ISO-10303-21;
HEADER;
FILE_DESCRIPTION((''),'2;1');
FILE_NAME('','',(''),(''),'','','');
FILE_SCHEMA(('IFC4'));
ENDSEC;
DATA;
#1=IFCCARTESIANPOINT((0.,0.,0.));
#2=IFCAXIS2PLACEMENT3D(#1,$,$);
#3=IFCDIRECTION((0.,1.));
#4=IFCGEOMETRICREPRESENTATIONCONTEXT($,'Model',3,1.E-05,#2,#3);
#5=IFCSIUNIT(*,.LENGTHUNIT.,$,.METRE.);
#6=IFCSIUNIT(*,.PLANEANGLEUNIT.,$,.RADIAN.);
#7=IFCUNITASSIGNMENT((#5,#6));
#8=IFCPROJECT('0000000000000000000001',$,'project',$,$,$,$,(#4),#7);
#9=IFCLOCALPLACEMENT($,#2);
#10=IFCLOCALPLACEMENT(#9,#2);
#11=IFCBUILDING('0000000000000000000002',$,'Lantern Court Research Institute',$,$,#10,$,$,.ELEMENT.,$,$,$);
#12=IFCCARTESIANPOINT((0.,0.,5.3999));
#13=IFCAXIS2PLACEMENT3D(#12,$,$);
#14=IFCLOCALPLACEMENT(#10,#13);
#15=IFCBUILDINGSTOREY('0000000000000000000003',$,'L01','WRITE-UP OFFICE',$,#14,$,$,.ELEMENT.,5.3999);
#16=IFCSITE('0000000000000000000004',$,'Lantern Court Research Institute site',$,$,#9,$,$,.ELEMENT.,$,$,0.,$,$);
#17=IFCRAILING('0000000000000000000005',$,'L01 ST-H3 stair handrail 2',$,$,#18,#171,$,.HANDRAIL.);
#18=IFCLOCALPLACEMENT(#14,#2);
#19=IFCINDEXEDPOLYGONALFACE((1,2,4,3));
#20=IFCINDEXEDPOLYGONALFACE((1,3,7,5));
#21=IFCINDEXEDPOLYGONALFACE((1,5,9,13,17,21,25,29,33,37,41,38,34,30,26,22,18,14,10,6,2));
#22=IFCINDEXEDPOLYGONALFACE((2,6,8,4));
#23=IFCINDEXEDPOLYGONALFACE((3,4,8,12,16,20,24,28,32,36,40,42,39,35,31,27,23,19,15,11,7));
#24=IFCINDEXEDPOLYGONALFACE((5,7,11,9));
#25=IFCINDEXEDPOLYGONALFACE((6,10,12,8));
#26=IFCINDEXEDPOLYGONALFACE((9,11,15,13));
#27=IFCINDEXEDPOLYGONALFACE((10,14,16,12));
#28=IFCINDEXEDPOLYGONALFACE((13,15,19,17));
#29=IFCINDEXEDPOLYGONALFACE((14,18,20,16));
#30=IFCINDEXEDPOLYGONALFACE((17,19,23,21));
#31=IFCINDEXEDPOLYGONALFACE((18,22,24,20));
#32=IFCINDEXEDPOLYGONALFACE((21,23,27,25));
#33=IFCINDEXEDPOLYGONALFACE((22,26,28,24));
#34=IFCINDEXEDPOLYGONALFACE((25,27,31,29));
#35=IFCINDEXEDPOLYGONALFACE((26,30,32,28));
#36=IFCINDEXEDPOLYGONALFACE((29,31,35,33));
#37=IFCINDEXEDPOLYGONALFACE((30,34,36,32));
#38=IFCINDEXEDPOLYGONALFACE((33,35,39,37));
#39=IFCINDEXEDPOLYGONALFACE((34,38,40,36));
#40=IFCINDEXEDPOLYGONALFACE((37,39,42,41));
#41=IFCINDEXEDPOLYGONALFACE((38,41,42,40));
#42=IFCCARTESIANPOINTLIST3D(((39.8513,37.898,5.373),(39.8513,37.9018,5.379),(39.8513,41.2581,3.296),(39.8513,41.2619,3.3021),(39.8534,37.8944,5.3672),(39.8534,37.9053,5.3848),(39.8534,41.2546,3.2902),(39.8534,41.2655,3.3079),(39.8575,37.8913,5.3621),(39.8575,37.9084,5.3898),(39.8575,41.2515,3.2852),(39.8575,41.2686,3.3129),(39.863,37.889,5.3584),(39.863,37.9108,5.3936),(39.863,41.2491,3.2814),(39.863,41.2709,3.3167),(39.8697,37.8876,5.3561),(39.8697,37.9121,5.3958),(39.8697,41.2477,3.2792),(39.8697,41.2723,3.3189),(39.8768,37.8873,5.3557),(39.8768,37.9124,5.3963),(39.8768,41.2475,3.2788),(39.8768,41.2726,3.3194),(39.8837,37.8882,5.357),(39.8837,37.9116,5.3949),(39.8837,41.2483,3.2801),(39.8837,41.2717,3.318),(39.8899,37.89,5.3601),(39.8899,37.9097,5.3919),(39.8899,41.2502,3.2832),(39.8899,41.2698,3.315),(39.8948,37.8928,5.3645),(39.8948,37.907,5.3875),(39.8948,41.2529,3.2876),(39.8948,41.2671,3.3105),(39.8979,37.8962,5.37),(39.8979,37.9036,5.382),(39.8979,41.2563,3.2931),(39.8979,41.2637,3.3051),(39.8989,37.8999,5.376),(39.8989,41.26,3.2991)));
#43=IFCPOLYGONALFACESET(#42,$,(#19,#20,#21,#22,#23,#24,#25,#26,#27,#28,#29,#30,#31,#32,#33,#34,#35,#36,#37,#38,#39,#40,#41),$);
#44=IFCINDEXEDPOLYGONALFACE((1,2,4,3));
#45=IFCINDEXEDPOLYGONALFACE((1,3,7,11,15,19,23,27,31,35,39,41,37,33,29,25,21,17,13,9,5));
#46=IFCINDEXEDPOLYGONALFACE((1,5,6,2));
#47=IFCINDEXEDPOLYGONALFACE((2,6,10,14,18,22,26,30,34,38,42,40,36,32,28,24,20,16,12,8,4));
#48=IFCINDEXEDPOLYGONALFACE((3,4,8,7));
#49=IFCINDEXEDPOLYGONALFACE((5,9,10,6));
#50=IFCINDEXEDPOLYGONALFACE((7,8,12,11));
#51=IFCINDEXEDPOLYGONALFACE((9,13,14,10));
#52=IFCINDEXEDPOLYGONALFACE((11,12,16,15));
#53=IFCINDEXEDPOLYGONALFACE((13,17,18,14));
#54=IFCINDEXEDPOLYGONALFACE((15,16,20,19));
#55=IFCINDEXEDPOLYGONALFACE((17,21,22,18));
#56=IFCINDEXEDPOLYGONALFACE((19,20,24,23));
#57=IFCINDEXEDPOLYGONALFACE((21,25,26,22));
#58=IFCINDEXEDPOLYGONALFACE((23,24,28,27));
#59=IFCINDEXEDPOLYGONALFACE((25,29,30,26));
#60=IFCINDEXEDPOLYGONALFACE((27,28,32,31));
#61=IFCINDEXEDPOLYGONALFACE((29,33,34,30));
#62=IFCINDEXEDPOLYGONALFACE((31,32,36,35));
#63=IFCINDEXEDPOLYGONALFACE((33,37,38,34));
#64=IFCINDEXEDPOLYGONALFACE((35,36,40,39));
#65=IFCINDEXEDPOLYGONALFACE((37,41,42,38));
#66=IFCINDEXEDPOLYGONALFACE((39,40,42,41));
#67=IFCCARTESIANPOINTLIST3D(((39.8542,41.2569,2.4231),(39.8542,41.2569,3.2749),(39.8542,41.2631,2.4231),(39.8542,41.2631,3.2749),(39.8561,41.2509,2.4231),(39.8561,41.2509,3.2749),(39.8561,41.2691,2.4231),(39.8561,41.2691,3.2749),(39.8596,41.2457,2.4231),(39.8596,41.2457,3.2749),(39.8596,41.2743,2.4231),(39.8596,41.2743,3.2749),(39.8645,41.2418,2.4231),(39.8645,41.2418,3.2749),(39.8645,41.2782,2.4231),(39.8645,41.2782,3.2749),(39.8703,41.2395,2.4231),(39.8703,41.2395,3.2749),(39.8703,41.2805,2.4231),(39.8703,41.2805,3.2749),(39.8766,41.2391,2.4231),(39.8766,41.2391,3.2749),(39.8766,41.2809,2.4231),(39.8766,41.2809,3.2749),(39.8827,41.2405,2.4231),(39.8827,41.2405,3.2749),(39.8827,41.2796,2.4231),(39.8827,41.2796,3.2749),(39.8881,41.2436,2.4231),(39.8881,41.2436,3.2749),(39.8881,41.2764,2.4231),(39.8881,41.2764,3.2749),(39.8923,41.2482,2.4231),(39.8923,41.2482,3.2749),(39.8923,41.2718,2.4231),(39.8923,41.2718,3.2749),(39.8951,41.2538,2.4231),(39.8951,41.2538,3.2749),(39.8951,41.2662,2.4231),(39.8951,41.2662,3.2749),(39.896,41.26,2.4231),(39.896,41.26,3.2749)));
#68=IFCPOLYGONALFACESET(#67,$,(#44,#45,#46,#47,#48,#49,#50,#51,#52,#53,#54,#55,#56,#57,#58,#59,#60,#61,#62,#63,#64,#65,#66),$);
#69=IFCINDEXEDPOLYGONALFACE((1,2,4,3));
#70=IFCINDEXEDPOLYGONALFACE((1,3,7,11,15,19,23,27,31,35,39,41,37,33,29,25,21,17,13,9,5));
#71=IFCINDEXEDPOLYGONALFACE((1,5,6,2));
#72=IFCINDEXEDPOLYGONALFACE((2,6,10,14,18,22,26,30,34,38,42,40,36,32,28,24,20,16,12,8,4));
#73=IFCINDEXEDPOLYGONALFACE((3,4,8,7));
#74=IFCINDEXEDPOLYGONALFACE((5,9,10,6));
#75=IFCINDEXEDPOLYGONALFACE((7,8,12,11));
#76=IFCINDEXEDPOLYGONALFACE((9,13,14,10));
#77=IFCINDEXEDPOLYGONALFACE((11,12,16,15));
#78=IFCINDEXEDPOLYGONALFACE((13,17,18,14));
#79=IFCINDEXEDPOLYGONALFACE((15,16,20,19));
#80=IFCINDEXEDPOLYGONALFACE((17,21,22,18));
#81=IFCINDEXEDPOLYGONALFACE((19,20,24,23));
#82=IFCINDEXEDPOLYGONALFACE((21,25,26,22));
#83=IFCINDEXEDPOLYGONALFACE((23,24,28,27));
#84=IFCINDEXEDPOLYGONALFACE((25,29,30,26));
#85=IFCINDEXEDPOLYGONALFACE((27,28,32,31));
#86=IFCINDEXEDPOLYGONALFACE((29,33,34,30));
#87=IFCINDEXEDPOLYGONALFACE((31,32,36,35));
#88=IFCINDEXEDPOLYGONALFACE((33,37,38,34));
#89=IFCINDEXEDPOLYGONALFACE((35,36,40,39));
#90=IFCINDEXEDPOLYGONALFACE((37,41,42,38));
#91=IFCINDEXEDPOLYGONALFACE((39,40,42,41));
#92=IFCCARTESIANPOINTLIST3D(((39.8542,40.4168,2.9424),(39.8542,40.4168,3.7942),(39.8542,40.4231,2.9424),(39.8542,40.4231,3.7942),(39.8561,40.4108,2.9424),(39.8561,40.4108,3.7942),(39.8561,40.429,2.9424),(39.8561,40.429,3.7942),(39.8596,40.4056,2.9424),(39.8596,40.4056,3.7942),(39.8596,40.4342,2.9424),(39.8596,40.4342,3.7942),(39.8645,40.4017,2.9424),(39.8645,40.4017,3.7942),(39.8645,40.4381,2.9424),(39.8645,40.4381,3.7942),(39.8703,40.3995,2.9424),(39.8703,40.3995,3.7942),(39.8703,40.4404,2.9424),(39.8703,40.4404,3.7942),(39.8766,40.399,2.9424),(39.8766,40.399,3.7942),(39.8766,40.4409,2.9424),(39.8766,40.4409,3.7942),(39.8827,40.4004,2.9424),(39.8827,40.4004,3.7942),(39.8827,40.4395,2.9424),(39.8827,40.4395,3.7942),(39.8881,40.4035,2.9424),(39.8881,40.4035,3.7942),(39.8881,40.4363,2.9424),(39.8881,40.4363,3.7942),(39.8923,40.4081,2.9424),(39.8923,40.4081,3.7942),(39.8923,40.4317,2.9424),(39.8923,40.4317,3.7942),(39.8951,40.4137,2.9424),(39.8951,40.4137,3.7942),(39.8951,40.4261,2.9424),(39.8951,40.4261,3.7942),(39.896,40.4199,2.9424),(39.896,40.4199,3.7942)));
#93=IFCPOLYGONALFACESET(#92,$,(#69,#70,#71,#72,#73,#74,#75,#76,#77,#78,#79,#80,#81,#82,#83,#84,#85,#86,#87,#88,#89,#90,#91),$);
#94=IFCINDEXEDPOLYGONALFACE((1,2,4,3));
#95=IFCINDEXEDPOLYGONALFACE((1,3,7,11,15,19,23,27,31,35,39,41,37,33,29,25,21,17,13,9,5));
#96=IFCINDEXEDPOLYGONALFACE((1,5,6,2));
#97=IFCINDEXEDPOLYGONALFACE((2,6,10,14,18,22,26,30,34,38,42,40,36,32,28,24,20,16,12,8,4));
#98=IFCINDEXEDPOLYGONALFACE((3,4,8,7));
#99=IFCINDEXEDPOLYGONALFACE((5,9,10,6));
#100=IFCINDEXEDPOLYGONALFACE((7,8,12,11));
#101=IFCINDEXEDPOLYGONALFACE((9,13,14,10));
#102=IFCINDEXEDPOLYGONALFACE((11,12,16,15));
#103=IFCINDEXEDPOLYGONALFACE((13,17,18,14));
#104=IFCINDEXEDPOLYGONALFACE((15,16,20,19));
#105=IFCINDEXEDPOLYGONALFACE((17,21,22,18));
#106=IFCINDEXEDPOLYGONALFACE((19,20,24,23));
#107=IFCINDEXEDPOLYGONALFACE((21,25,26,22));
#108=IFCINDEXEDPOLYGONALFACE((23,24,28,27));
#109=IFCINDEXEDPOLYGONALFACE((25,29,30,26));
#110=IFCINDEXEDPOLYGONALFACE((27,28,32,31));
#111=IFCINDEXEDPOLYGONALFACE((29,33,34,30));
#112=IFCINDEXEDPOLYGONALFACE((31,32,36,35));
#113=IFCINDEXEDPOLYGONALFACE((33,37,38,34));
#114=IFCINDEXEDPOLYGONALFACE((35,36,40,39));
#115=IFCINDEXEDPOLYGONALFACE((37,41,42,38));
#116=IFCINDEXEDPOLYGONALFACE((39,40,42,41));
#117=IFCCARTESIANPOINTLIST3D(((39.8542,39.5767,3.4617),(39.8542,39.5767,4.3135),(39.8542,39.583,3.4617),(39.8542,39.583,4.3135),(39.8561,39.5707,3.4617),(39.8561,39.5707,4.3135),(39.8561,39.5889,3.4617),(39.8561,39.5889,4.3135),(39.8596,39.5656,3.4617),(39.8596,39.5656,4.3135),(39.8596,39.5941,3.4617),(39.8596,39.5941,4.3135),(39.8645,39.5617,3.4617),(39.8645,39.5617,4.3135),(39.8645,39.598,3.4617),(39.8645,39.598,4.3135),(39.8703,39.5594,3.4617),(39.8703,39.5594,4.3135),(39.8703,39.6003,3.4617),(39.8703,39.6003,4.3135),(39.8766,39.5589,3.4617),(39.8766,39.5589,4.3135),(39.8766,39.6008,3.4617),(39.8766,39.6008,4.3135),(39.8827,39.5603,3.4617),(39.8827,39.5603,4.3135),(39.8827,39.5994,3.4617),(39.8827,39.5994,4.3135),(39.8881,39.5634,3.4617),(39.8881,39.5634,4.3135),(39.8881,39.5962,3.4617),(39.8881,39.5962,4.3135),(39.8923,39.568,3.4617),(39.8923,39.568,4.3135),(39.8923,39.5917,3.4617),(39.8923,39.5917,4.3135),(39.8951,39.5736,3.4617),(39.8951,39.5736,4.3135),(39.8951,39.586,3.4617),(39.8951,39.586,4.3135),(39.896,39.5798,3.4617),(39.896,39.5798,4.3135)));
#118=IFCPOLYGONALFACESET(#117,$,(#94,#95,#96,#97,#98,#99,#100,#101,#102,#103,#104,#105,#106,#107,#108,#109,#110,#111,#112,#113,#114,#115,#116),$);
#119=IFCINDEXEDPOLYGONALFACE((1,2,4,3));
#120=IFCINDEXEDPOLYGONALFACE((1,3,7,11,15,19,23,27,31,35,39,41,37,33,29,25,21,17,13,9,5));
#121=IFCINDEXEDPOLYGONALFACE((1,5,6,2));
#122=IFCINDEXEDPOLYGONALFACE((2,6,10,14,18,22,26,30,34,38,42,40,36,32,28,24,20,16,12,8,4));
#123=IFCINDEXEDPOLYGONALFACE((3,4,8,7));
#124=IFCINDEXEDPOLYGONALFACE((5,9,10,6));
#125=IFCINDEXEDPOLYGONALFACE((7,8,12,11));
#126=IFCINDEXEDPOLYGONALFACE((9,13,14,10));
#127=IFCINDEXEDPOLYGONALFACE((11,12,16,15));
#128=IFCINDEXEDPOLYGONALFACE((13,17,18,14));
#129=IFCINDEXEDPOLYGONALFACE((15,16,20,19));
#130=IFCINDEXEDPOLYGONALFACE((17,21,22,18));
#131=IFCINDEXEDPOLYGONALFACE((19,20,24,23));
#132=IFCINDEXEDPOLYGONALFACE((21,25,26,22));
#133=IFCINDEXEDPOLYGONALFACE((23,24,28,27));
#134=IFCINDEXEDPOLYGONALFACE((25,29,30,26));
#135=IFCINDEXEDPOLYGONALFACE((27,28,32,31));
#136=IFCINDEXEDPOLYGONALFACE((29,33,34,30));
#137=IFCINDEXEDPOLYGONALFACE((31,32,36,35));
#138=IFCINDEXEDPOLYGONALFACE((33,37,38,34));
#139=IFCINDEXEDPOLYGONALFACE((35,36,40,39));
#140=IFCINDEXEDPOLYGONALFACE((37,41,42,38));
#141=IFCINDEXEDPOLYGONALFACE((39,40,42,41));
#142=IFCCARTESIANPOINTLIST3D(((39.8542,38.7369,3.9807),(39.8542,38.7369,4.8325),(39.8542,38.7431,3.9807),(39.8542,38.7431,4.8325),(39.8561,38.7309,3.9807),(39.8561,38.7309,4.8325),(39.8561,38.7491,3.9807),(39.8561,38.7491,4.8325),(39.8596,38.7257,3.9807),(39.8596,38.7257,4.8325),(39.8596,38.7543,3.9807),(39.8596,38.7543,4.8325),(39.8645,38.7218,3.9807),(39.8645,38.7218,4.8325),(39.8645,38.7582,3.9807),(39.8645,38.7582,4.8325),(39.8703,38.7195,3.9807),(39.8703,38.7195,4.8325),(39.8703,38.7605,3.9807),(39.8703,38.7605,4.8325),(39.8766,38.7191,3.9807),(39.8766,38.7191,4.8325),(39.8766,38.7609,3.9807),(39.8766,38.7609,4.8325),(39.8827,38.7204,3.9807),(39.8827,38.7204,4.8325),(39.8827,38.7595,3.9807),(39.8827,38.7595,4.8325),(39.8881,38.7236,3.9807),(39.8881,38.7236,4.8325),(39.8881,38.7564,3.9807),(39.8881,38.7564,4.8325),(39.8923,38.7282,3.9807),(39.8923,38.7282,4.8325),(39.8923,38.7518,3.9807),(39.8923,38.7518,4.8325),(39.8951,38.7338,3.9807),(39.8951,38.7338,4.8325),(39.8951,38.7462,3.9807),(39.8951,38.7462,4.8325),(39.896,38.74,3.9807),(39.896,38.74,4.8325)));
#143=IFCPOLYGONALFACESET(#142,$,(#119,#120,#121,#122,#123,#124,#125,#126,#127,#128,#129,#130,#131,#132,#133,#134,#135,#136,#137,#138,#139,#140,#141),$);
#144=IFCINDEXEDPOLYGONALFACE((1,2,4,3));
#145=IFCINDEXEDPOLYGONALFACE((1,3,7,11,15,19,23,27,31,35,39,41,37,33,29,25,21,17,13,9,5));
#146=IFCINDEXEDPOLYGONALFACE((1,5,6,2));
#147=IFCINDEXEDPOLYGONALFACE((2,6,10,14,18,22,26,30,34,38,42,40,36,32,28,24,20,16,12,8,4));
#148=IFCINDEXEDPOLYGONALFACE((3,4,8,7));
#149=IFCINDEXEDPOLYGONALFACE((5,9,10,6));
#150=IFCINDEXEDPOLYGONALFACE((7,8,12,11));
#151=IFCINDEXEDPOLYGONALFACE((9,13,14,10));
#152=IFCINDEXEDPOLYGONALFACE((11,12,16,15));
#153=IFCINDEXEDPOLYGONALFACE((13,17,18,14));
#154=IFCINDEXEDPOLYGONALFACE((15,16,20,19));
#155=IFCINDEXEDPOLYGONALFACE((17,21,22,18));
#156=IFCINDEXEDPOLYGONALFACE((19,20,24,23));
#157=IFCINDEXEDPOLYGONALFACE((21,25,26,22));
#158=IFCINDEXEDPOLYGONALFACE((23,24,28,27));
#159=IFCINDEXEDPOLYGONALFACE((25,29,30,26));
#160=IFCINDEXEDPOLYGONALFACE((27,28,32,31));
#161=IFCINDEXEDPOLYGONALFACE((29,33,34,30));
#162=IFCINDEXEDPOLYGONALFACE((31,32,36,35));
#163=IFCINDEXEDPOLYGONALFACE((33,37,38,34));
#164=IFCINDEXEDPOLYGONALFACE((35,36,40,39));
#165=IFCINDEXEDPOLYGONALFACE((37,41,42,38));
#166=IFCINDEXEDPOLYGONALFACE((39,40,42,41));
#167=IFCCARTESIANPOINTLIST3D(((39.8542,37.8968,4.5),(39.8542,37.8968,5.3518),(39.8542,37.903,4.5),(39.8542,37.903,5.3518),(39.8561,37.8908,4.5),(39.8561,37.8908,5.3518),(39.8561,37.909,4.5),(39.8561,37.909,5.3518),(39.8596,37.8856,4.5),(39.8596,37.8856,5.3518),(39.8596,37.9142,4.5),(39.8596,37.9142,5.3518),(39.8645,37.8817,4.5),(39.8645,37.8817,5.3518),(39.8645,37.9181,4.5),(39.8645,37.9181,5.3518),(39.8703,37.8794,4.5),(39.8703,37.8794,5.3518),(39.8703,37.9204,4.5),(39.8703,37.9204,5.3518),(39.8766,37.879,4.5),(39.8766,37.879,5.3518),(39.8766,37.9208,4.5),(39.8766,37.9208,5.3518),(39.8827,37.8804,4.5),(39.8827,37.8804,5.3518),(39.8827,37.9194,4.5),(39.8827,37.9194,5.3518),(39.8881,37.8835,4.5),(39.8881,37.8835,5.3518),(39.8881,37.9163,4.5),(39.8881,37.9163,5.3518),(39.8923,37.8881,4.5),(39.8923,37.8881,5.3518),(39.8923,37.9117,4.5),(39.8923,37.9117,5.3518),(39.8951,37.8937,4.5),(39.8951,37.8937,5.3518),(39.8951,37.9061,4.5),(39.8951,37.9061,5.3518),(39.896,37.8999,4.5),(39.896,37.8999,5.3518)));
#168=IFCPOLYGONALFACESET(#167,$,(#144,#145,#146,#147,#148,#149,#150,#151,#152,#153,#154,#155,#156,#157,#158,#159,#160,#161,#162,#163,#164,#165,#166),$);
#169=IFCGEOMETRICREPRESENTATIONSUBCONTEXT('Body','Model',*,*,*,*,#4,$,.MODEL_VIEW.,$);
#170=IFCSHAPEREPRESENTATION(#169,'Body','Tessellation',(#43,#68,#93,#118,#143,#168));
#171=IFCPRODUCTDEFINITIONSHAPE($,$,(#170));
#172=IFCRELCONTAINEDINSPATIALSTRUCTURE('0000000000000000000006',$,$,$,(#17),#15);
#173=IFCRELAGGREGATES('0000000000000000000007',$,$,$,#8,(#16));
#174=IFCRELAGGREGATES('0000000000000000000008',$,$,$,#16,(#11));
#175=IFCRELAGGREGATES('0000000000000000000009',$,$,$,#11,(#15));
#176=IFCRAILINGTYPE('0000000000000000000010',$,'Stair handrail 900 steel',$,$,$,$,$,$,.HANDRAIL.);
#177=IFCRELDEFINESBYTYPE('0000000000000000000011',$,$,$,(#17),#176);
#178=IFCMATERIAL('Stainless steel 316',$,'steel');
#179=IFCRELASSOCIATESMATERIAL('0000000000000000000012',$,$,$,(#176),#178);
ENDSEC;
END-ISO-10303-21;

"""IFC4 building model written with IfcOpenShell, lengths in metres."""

from ifc_helpers import new_model, si_unit, direction, frame, origin, origin_2d, place, context, subcontext, project, spatial, circle, extrude, material, type_object, element, save


model = new_model("IFC4")

# Units and contexts
model_context = context("Model", 3, precision=1e-05, world=origin(), true_north=direction((0.0, 1.0)))
body_context = subcontext(model_context, "Body", "Model", "MODEL_VIEW")
ifc_project = project(units=[si_unit("LENGTHUNIT", "METRE"), si_unit("PLANEANGLEUNIT", "RADIAN")], contexts=[model_context])

# Site, building, storey
site_placement = place(None, origin())
site = spatial("IfcSite", under=ifc_project, at=site_placement, Name="Lantern Court Research Institute site", CompositionType="ELEMENT", RefElevation=0.0)
building_placement = place(site_placement, origin())
building = spatial("IfcBuilding", under=site, at=building_placement, Name="Lantern Court Research Institute", CompositionType="ELEMENT")
storey_placement = place(building_placement, frame((0.0, 0.0, 5.3999)))
storey = spatial("IfcBuildingStorey", under=building, at=storey_placement, Name="L01", Description="WRITE-UP OFFICE", CompositionType="ELEMENT", Elevation=5.3999)

# Railing
ifc_material_1 = material(Name="Stainless steel 316", Category="steel")
railing_type_1 = type_object("IfcRailingType", Name="Stair handrail 900 steel", PredefinedType="HANDRAIL", material=ifc_material_1)
railing_1_placement = place(storey_placement, frame((39.875, 41.26, 2.4231)))
element("IfcRailing", 1, at=railing_1_placement, inside=storey, type_object=railing_type_1, Name="L01 ST-H3 stair handrail 2", PredefinedType="HANDRAIL", context=body_context, shape_type="SweptSolid", body=[
    extrude(circle(Radius=0.0239, at=origin_2d()), frame((0.0, 0.0, 0.876), z_axis=(0.0, -0.850623, 0.525776), x_axis=(1.0, 0.0, 0.0)), (0.0, 0.0, 1.0), 3.9502),
    extrude(circle(Radius=0.021, at=origin_2d()), origin(), (0.0, 0.0, 1.0), 0.8518),
    extrude(circle(Radius=0.021, at=origin_2d()), frame((0.0, -0.8401, 0.5193)), (0.0, 0.0, 1.0), 0.8518),
    extrude(circle(Radius=0.021, at=origin_2d()), frame((0.0, -1.6802, 1.0386)), (0.0, 0.0, 1.0), 0.8518),
    extrude(circle(Radius=0.021, at=origin_2d()), frame((0.0, -2.52, 1.5576)), (0.0, 0.0, 1.0), 0.8518),
    extrude(circle(Radius=0.021, at=origin_2d()), frame((0.0, -3.3601, 2.0769)), (0.0, 0.0, 1.0), 0.8518),
])

save(model, "model.ifc")
